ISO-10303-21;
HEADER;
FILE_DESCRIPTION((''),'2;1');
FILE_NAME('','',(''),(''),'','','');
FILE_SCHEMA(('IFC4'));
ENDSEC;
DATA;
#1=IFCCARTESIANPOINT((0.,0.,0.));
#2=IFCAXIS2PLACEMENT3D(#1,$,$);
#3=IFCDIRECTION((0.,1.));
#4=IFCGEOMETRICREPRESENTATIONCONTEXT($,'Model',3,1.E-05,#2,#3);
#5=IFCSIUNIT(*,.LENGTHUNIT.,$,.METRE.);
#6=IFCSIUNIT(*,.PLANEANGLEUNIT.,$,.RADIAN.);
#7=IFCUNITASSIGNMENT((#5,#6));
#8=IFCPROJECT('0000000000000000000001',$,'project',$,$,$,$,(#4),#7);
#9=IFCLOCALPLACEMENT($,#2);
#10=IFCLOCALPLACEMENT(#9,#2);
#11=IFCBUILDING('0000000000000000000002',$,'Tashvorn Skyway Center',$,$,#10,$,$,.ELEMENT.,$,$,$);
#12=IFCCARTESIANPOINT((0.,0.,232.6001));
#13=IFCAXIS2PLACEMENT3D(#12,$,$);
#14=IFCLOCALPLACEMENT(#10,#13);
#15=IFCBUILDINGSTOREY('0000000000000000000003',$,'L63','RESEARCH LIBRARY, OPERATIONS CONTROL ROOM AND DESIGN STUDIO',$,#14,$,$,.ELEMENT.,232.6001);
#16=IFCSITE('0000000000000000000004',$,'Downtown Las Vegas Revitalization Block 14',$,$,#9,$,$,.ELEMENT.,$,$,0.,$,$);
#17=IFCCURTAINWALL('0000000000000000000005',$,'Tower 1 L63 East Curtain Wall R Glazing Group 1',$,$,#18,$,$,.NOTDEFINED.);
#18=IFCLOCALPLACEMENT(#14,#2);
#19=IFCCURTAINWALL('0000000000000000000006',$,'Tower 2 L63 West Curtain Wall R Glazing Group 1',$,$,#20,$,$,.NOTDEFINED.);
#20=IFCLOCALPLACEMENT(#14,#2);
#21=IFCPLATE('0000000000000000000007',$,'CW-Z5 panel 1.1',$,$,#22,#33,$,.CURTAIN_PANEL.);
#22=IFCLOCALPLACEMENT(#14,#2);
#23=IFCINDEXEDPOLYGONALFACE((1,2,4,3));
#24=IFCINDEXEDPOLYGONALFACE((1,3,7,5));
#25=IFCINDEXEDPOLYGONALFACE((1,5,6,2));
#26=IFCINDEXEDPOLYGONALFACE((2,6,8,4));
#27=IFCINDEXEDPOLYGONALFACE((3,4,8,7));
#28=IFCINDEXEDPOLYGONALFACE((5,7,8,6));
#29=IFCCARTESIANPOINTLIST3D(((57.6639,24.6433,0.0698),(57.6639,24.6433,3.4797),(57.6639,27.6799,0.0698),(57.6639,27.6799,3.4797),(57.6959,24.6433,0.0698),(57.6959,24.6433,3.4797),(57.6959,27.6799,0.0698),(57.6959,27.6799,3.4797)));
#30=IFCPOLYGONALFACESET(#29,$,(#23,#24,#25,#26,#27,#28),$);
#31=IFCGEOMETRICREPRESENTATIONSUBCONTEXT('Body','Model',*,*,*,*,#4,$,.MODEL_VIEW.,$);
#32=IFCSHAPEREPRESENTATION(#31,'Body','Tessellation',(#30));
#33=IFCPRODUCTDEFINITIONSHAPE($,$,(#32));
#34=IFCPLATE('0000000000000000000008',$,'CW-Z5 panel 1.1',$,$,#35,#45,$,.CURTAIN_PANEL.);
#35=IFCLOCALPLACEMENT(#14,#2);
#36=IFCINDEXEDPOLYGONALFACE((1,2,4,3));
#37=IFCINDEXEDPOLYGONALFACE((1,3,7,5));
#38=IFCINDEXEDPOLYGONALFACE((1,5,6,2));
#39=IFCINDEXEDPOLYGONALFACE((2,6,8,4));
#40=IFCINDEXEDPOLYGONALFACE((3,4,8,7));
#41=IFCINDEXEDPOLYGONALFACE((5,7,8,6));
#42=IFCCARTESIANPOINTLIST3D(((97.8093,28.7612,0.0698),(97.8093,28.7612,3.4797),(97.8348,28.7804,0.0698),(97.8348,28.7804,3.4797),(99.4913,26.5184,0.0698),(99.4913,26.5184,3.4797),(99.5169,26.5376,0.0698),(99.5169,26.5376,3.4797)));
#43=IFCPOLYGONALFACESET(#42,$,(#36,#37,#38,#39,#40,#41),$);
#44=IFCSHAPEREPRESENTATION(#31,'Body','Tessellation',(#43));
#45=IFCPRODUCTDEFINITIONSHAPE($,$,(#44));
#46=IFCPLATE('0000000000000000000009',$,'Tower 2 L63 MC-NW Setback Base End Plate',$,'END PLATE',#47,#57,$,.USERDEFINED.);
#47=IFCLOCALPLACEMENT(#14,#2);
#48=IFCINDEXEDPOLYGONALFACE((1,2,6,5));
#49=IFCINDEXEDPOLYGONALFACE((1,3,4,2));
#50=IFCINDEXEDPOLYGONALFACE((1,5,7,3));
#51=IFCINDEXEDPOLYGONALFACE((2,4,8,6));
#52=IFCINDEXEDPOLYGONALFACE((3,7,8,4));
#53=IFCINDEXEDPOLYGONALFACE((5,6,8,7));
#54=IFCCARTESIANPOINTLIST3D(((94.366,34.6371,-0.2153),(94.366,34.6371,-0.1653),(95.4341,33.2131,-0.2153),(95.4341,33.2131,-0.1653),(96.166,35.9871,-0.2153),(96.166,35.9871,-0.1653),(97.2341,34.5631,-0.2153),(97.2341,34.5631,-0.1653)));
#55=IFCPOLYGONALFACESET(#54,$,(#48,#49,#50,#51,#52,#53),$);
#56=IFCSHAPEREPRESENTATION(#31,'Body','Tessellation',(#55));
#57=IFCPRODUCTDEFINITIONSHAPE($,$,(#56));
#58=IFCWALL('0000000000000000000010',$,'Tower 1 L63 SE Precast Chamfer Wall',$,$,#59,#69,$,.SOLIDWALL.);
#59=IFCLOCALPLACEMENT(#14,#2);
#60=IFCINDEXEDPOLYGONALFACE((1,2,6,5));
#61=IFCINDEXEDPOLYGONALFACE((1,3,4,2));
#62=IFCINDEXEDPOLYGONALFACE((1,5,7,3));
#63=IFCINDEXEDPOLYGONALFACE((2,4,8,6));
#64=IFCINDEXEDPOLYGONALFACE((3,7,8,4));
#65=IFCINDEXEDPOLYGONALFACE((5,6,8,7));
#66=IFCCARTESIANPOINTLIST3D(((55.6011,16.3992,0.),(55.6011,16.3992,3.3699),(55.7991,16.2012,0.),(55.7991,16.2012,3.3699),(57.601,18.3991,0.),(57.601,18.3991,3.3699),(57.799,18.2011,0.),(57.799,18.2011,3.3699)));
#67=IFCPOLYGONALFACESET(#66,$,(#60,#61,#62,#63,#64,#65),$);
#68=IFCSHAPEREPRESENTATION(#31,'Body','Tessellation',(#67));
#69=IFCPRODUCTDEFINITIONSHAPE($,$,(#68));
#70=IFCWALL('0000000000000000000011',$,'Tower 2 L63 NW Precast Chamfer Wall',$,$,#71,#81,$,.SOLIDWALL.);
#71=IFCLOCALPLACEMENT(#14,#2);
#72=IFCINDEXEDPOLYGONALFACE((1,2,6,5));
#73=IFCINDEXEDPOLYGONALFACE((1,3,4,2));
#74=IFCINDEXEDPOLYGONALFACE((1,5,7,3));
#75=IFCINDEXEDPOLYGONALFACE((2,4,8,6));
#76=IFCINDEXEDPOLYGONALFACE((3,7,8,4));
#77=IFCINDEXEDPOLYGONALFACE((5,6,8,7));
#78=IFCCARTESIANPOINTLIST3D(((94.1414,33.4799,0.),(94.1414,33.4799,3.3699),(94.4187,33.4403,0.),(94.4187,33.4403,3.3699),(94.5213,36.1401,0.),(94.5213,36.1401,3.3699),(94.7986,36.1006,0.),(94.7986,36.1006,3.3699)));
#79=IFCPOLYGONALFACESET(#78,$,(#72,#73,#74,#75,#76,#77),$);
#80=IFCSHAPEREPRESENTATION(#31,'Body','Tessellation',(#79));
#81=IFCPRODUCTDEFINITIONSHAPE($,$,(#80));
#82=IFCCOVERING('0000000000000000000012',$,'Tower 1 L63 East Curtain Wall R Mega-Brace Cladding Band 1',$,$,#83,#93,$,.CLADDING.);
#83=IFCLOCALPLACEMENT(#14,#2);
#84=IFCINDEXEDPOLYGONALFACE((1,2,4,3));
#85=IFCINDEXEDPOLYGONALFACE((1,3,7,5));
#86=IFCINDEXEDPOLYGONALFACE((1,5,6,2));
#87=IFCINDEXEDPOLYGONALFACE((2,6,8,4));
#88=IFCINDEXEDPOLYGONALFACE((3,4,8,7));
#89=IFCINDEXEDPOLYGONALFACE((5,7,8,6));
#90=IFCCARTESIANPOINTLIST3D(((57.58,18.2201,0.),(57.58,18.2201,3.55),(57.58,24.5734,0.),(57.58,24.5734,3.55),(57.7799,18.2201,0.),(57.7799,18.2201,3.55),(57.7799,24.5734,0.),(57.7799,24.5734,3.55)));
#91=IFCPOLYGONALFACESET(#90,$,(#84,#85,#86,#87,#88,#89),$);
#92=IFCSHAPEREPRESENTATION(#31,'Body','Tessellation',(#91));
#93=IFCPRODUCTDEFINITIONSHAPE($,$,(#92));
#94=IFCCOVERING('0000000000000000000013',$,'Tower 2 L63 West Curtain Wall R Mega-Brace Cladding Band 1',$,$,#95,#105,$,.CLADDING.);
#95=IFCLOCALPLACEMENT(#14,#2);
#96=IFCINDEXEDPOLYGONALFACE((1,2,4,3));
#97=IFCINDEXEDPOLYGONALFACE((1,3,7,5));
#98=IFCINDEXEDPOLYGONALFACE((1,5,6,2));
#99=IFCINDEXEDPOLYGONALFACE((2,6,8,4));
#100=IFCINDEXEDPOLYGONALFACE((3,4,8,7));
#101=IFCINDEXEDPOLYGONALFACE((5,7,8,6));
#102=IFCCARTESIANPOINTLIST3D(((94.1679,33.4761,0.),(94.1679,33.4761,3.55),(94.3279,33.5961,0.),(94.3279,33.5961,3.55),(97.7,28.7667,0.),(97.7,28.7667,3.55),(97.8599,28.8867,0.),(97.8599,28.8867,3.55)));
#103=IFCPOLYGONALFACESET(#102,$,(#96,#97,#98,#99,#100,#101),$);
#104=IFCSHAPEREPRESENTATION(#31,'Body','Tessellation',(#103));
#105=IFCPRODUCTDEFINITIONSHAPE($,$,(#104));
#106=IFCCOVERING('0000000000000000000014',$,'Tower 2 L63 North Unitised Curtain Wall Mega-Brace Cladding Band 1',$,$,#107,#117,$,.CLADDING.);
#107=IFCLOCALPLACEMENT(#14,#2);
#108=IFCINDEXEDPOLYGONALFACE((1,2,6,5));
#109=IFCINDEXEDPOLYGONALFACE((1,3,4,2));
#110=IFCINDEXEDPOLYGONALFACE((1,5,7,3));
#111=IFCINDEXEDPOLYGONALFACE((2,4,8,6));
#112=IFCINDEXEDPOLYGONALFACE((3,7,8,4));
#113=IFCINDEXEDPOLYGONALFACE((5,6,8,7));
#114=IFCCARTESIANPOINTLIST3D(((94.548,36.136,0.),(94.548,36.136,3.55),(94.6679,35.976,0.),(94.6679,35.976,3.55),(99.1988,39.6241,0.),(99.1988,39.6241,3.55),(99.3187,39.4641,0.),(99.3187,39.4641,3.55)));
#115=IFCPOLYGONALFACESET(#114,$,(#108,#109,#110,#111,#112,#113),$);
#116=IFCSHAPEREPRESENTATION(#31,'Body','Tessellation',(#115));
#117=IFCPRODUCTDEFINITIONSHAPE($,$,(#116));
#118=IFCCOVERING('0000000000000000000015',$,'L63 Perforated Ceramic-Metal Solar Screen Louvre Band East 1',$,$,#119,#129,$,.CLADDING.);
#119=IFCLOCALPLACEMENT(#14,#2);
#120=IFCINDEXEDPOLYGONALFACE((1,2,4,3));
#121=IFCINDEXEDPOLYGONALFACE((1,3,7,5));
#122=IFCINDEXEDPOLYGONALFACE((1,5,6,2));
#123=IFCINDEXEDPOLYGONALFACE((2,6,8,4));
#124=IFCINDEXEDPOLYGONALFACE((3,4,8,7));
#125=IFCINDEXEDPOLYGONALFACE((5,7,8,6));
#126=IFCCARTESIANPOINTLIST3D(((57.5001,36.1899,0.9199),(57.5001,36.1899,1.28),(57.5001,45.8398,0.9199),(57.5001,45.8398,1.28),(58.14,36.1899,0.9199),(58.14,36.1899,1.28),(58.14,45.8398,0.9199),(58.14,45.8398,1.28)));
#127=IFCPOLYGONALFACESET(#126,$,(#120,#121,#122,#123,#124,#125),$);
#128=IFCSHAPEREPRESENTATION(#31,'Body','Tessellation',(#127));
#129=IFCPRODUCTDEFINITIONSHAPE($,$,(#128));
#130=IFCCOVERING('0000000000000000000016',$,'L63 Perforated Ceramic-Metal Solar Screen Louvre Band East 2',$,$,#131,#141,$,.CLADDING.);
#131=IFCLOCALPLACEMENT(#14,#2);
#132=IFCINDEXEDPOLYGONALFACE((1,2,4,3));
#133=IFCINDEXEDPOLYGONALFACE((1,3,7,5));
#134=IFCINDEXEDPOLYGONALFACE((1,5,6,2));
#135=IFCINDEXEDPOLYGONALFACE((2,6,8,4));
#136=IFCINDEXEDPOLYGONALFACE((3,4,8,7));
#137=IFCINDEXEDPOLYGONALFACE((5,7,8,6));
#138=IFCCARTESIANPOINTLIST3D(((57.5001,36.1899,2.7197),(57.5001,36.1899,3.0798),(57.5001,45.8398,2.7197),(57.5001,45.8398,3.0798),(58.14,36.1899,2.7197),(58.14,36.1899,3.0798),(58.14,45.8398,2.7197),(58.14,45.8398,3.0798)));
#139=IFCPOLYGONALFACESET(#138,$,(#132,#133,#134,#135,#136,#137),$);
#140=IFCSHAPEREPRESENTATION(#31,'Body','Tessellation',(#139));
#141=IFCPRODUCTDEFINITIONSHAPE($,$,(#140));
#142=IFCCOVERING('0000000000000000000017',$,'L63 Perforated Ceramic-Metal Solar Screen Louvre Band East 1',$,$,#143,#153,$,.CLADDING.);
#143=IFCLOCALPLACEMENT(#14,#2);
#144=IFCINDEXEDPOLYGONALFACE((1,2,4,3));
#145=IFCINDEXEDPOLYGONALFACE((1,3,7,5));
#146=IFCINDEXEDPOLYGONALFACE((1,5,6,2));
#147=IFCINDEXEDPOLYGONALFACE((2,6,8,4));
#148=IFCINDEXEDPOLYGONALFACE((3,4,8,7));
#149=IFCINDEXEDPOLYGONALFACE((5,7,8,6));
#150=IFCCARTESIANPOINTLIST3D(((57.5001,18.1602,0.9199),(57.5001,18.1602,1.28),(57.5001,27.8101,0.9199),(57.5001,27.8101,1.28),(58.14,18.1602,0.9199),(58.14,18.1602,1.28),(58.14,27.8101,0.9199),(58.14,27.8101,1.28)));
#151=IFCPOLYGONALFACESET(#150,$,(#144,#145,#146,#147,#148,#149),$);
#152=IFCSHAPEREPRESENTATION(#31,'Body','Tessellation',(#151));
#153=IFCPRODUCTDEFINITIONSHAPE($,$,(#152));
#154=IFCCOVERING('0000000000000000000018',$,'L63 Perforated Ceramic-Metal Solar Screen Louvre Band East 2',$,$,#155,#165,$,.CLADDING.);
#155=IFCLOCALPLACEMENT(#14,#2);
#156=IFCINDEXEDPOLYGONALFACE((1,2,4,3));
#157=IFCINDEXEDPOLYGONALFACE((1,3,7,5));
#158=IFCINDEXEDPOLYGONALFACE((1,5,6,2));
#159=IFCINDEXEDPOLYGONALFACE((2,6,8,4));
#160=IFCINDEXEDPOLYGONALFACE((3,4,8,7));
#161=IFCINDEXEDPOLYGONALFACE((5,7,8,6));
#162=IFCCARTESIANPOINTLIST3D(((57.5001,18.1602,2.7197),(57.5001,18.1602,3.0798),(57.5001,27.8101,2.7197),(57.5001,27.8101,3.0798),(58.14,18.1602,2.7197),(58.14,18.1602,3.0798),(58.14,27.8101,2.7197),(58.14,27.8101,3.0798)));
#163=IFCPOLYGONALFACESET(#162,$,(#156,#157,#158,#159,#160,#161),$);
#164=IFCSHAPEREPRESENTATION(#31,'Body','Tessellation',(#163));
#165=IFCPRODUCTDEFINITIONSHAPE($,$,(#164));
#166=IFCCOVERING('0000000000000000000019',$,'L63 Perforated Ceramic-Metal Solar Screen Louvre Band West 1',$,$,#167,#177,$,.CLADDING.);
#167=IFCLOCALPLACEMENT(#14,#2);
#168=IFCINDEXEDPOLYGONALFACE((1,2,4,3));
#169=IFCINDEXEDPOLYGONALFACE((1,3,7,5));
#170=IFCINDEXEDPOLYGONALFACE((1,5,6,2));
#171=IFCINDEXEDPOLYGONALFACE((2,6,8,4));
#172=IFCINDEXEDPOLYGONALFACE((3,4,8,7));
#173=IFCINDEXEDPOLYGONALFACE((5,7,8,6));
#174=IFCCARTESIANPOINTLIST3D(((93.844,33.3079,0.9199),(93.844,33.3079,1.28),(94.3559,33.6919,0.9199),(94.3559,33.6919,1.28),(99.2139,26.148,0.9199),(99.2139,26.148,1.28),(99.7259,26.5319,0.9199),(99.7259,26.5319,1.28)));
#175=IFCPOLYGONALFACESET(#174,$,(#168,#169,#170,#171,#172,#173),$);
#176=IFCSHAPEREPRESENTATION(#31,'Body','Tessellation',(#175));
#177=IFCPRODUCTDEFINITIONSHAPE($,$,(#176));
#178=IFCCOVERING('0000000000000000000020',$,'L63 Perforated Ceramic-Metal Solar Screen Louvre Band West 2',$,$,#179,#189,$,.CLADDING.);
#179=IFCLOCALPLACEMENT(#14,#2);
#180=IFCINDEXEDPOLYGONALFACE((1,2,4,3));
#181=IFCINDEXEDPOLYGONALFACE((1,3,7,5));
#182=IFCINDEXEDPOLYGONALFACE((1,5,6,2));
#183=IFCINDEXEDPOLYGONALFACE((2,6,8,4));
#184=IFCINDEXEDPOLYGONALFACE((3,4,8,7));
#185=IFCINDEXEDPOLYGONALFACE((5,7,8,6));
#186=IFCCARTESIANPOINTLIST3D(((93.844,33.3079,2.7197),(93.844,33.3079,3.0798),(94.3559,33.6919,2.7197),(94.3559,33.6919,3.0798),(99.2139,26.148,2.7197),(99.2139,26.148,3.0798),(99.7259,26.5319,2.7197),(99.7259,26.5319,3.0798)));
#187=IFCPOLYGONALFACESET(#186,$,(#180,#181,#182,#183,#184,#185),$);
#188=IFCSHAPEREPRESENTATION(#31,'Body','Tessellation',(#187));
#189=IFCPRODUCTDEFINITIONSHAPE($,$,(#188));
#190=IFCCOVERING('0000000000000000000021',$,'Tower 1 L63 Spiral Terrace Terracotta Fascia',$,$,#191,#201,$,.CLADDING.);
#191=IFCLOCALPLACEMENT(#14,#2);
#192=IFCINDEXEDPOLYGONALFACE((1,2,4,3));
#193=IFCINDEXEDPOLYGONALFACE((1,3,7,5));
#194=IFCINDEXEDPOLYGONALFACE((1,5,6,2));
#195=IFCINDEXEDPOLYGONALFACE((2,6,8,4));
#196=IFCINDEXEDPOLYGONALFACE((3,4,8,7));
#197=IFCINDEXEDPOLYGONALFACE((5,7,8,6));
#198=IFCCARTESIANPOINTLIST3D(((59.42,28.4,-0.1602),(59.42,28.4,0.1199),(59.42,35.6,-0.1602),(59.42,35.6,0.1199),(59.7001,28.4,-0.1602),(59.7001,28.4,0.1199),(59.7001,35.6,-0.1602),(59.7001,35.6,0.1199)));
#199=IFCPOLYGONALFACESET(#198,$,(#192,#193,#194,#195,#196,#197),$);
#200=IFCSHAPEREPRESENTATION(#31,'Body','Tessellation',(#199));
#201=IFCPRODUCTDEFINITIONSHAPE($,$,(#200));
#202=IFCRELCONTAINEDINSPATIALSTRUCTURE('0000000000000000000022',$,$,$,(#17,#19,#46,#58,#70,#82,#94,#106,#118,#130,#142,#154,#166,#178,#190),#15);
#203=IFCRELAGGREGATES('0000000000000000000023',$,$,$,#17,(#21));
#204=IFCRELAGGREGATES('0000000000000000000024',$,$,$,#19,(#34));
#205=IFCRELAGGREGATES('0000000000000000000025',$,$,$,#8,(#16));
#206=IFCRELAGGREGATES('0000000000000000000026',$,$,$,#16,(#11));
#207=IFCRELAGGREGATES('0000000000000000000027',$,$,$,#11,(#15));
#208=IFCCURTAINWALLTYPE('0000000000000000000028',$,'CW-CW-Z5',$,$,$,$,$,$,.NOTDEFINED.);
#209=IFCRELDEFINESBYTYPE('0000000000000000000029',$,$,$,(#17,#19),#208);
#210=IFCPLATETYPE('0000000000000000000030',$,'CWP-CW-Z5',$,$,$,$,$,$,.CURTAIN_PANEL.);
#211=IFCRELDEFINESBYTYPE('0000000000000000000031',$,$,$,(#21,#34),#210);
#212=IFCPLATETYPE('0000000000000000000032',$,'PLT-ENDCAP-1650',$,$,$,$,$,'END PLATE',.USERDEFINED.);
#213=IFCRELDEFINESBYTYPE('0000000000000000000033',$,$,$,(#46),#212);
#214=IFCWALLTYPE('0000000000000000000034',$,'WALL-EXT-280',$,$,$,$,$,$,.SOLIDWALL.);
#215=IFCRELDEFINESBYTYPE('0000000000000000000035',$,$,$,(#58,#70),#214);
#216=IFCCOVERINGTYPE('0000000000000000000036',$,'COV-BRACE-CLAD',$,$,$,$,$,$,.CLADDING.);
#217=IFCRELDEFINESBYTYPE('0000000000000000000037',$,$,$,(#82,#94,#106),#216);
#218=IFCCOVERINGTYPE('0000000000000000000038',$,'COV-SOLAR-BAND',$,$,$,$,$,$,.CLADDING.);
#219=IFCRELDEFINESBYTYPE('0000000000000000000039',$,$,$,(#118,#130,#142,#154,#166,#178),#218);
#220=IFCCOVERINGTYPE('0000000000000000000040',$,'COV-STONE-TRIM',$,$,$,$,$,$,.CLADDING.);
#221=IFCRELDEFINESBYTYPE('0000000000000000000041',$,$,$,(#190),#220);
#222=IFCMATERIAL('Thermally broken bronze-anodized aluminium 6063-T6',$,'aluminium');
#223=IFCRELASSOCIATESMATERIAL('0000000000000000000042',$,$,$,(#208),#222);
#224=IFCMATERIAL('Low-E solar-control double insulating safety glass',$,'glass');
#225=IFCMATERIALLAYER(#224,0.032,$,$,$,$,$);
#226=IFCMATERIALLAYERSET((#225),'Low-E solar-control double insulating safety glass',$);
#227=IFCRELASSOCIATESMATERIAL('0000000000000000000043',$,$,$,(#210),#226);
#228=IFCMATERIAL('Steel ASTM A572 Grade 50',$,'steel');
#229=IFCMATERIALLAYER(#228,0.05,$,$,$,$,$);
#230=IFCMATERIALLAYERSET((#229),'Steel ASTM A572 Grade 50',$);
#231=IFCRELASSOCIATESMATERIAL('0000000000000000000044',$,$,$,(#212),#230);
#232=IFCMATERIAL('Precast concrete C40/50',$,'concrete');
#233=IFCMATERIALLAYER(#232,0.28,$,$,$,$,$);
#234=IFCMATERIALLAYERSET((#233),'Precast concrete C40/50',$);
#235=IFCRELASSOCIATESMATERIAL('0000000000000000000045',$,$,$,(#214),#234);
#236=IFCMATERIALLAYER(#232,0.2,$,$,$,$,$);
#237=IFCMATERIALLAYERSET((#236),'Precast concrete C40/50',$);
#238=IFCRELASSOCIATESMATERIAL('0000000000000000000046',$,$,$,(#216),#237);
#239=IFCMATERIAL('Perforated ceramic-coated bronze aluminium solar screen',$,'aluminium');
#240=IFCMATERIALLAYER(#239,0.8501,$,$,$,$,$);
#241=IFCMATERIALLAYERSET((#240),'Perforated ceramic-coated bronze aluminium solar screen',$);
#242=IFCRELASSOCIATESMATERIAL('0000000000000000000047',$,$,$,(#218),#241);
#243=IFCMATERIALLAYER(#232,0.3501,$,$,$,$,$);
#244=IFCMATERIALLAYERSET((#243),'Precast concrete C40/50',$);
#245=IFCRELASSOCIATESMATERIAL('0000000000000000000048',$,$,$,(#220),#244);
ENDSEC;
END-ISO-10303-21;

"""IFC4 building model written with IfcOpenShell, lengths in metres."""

from ifc_helpers import new_model, si_unit, direction, frame, frame_2d, origin, origin_2d, place, context, subcontext, project, spatial, rectangle, extrude, material, layer, layer_set, type_object, element, aggregate, save


model = new_model("IFC4")

# Units and contexts
model_context = context("Model", 3, precision=1e-05, world=origin(), true_north=direction((0.0, 1.0)))
body_context = subcontext(model_context, "Body", "Model", "MODEL_VIEW")
ifc_project = project(units=[si_unit("LENGTHUNIT", "METRE"), si_unit("PLANEANGLEUNIT", "RADIAN")], contexts=[model_context])

# Site, building, storey
site_placement = place(None, origin())
site = spatial("IfcSite", under=ifc_project, at=site_placement, Name="Downtown Las Vegas Revitalization Block 14", CompositionType="ELEMENT", RefElevation=0.0)
building_placement = place(site_placement, origin())
building = spatial("IfcBuilding", under=site, at=building_placement, Name="Tashvorn Skyway Center", CompositionType="ELEMENT")
storey_placement = place(building_placement, frame((0.0, 0.0, 232.6001)))
storey = spatial("IfcBuildingStorey", under=building, at=storey_placement, Name="L63", Description="RESEARCH LIBRARY, OPERATIONS CONTROL ROOM AND DESIGN STUDIO", CompositionType="ELEMENT", Elevation=232.6001)

# Shared definitions
ifc_material_1 = material(Name="Steel ASTM A572 Grade 50", Category="steel")

# Curtain walls
ifc_material_2 = material(Name="Thermally broken bronze-anodized aluminium 6063-T6", Category="aluminium")
curtain_wall_type = type_object("IfcCurtainWallType", Name="CW-CW-Z5", PredefinedType="NOTDEFINED", material=ifc_material_2)
curtain_wall_1_placement = place(storey_placement, origin())
curtain_wall_1 = element("IfcCurtainWall", 1, at=curtain_wall_1_placement, inside=storey, type_object=curtain_wall_type, Name="Tower 1 L63 East Curtain Wall R Glazing Group 1", PredefinedType="NOTDEFINED")
curtain_wall_2_placement = place(storey_placement, origin())
curtain_wall_2 = element("IfcCurtainWall", 2, at=curtain_wall_2_placement, inside=storey, type_object=curtain_wall_type, Name="Tower 2 L63 West Curtain Wall R Glazing Group 1", PredefinedType="NOTDEFINED")

# Plates
ifc_material_3 = material(Name="Low-E solar-control double insulating safety glass", Category="glass")
ifc_layer_1 = layer(ifc_material_3, 0.032)
ifc_layer_set_1 = layer_set([ifc_layer_1], Name="Low-E solar-control double insulating safety glass")
plate_type_1 = type_object("IfcPlateType", Name="CWP-CW-Z5", PredefinedType="CURTAIN_PANEL", material=ifc_layer_set_1)
plate_1_placement = place(storey_placement, frame((57.6799, 26.1616, 0.0698), z_axis=(0.0, 0.0, 1.0), x_axis=(0.0, -1.0, 0.0)))
plate_1 = element("IfcPlate", 3, at=plate_1_placement, type_object=plate_type_1, Name="CW-Z5 panel 1.1", PredefinedType="CURTAIN_PANEL", context=body_context, shape_type="SweptSolid", body=[
    extrude(rectangle(XDim=3.0366, YDim=0.032, at=origin_2d()), origin(), (0.0, 0.0, 1.0), 3.4099),
])
aggregate(curtain_wall_1, [plate_1])
plate_2_placement = place(storey_placement, frame((98.6631, 27.6494, 0.0698), z_axis=(0.0, 0.0, 1.0), x_axis=(-0.599995, 0.800004, 0.0)))
plate_2 = element("IfcPlate", 4, at=plate_2_placement, type_object=plate_type_1, Name="CW-Z5 panel 1.1", PredefinedType="CURTAIN_PANEL", context=body_context, shape_type="SweptSolid", body=[
    extrude(rectangle(XDim=2.8035, YDim=0.032, at=origin_2d()), origin(), (0.0, 0.0, 1.0), 3.4099),
])
aggregate(curtain_wall_2, [plate_2])
ifc_layer_2 = layer(ifc_material_1, 0.05)
ifc_layer_set_2 = layer_set([ifc_layer_2], Name="Steel ASTM A572 Grade 50")
plate_type_2 = type_object("IfcPlateType", Name="PLT-ENDCAP-1650", ElementType="END PLATE", PredefinedType="USERDEFINED", material=ifc_layer_set_2)
plate_3_placement = place(storey_placement, frame((95.8, 34.6001, -0.2153), z_axis=(0.0, 0.0, 1.0), x_axis=(0.8, 0.6, 0.0)))
element("IfcPlate", 5, at=plate_3_placement, inside=storey, type_object=plate_type_2, Name="Tower 2 L63 MC-NW Setback Base End Plate", ObjectType="END PLATE", PredefinedType="USERDEFINED", context=body_context, shape_type="SweptSolid", body=[
    extrude(rectangle(XDim=2.25, YDim=1.78, at=origin_2d()), origin(), (0.0, 0.0, 1.0), 0.05),
])

# Shared definitions
ifc_material_4 = material(Name="Precast concrete C40/50", Category="concrete")
ifc_layer_3 = layer(ifc_material_4, 0.28)
ifc_layer_set_3 = layer_set([ifc_layer_3], Name="Precast concrete C40/50")
wall_type = type_object("IfcWallType", Name="WALL-EXT-280", PredefinedType="SOLIDWALL", material=ifc_layer_set_3)

# Walls
wall_1_placement = place(storey_placement, frame((57.7, 18.3, 0.0), z_axis=(0.0, 0.0, 1.0), x_axis=(-0.707107, -0.707107, 0.0)))
element("IfcWall", 6, at=wall_1_placement, inside=storey, type_object=wall_type, Name="Tower 1 L63 SE Precast Chamfer Wall", PredefinedType="SOLIDWALL", context=body_context, shape_type="SweptSolid", body=[
    extrude(rectangle(XDim=2.8284, YDim=0.28, at=frame_2d((1.4141, 0.0))), origin(), (0.0, 0.0, 1.0), 3.3699),
])
wall_2_placement = place(storey_placement, frame((94.28, 33.46, 0.0), z_axis=(0.0, 0.0, 1.0), x_axis=(0.14137, 0.989957, 0.0)))
element("IfcWall", 7, at=wall_2_placement, inside=storey, type_object=wall_type, Name="Tower 2 L63 NW Precast Chamfer Wall", PredefinedType="SOLIDWALL", context=body_context, shape_type="SweptSolid", body=[
    extrude(rectangle(XDim=2.6873, YDim=0.28, at=frame_2d((1.3438, 0.0))), origin(), (0.0, 0.0, 1.0), 3.3699),
])

# Coverings
ifc_layer_4 = layer(ifc_material_4, 0.2)
ifc_layer_set_4 = layer_set([ifc_layer_4], Name="Precast concrete C40/50")
covering_type_1 = type_object("IfcCoveringType", Name="COV-BRACE-CLAD", PredefinedType="CLADDING", material=ifc_layer_set_4)
covering_1_placement = place(storey_placement, frame((57.6799, 21.3967, 0.0), z_axis=(0.0, 0.0, 1.0), x_axis=(0.0, -1.0, 0.0)))
element("IfcCovering", 8, at=covering_1_placement, inside=storey, type_object=covering_type_1, Name="Tower 1 L63 East Curtain Wall R Mega-Brace Cladding Band 1", PredefinedType="CLADDING", context=body_context, shape_type="SweptSolid", body=[
    extrude(rectangle(XDim=6.3533, YDim=0.2, at=origin_2d()), origin(), (0.0, 0.0, 1.0), 3.55),
])
covering_2_placement = place(storey_placement, frame((96.0139, 31.1814, 0.0), z_axis=(0.0, 0.0, 1.0), x_axis=(-0.6, 0.8, 0.0)))
element("IfcCovering", 9, at=covering_2_placement, inside=storey, type_object=covering_type_1, Name="Tower 2 L63 West Curtain Wall R Mega-Brace Cladding Band 1", PredefinedType="CLADDING", context=body_context, shape_type="SweptSolid", body=[
    extrude(rectangle(XDim=5.8867, YDim=0.2, at=origin_2d()), origin(), (0.0, 0.0, 1.0), 3.55),
])
covering_3_placement = place(storey_placement, frame((96.9333, 37.8, 0.0), z_axis=(0.0, 0.0, 1.0), x_axis=(0.8, 0.6, 0.0)))
element("IfcCovering", 10, at=covering_3_placement, inside=storey, type_object=covering_type_1, Name="Tower 2 L63 North Unitised Curtain Wall Mega-Brace Cladding Band 1", PredefinedType="CLADDING", context=body_context, shape_type="SweptSolid", body=[
    extrude(rectangle(XDim=5.8135, YDim=0.2, at=origin_2d()), origin(), (0.0, 0.0, 1.0), 3.55),
])
ifc_material_5 = material(Name="Perforated ceramic-coated bronze aluminium solar screen", Category="aluminium")
ifc_layer_5 = layer(ifc_material_5, 0.8501)
ifc_layer_set_5 = layer_set([ifc_layer_5], Name="Perforated ceramic-coated bronze aluminium solar screen")
covering_type_2 = type_object("IfcCoveringType", Name="COV-SOLAR-BAND", PredefinedType="CLADDING", material=ifc_layer_set_5)
for number, where, z_axis, x_axis, name in (
    (11, (57.8201, 41.0149, 0.9199), (0.0, 0.0, 1.0), (0.0, -1.0, 0.0), "L63 Perforated Ceramic-Metal Solar Screen Louvre Band East 1"),
    (12, (57.8201, 41.0149, 2.7197), (0.0, 0.0, 1.0), (0.0, -1.0, 0.0), "L63 Perforated Ceramic-Metal Solar Screen Louvre Band East 2"),
    (13, (57.8201, 22.9851, 0.9199), (0.0, 0.0, 1.0), (0.0, -1.0, 0.0), "L63 Perforated Ceramic-Metal Solar Screen Louvre Band East 1"),
    (14, (57.8201, 22.9851, 2.7197), (0.0, 0.0, 1.0), (0.0, -1.0, 0.0), "L63 Perforated Ceramic-Metal Solar Screen Louvre Band East 2"),
):
    element("IfcCovering", number, at=place(storey_placement, frame(where, z_axis=z_axis, x_axis=x_axis)), inside=storey, type_object=covering_type_2, Name=name, PredefinedType="CLADDING", context=body_context, shape_type="SweptSolid", body=[
        extrude(rectangle(XDim=9.6499, YDim=0.6399, at=origin_2d()), origin(), (0.0, 0.0, 1.0), 0.3601),
    ])
for number, where, z_axis, x_axis, name in (
    (15, (96.7849, 29.9199, 0.9199), (0.0, 0.0, 1.0), (-0.6, 0.8, 0.0), "L63 Perforated Ceramic-Metal Solar Screen Louvre Band West 1"),
    (16, (96.7849, 29.9199, 2.7197), (0.0, 0.0, 1.0), (-0.6, 0.8, 0.0), "L63 Perforated Ceramic-Metal Solar Screen Louvre Band West 2"),
):
    element("IfcCovering", number, at=place(storey_placement, frame(where, z_axis=z_axis, x_axis=x_axis)), inside=storey, type_object=covering_type_2, Name=name, PredefinedType="CLADDING", context=body_context, shape_type="SweptSolid", body=[
        extrude(rectangle(XDim=8.95, YDim=0.6399, at=origin_2d()), origin(), (0.0, 0.0, 1.0), 0.3601),
    ])
ifc_layer_6 = layer(ifc_material_4, 0.3501)
ifc_layer_set_6 = layer_set([ifc_layer_6], Name="Precast concrete C40/50")
covering_type_3 = type_object("IfcCoveringType", Name="COV-STONE-TRIM", PredefinedType="CLADDING", material=ifc_layer_set_6)
covering_4_placement = place(storey_placement, frame((59.5601, 32.0, -0.1602), z_axis=(0.0, 0.0, 1.0), x_axis=(0.0, -1.0, 0.0)))
element("IfcCovering", 17, at=covering_4_placement, inside=storey, type_object=covering_type_3, Name="Tower 1 L63 Spiral Terrace Terracotta Fascia", PredefinedType="CLADDING", context=body_context, shape_type="SweptSolid", body=[
    extrude(rectangle(XDim=7.2, YDim=0.28, at=origin_2d()), origin(), (0.0, 0.0, 1.0), 0.28),
])

save(model, "model.ifc")
